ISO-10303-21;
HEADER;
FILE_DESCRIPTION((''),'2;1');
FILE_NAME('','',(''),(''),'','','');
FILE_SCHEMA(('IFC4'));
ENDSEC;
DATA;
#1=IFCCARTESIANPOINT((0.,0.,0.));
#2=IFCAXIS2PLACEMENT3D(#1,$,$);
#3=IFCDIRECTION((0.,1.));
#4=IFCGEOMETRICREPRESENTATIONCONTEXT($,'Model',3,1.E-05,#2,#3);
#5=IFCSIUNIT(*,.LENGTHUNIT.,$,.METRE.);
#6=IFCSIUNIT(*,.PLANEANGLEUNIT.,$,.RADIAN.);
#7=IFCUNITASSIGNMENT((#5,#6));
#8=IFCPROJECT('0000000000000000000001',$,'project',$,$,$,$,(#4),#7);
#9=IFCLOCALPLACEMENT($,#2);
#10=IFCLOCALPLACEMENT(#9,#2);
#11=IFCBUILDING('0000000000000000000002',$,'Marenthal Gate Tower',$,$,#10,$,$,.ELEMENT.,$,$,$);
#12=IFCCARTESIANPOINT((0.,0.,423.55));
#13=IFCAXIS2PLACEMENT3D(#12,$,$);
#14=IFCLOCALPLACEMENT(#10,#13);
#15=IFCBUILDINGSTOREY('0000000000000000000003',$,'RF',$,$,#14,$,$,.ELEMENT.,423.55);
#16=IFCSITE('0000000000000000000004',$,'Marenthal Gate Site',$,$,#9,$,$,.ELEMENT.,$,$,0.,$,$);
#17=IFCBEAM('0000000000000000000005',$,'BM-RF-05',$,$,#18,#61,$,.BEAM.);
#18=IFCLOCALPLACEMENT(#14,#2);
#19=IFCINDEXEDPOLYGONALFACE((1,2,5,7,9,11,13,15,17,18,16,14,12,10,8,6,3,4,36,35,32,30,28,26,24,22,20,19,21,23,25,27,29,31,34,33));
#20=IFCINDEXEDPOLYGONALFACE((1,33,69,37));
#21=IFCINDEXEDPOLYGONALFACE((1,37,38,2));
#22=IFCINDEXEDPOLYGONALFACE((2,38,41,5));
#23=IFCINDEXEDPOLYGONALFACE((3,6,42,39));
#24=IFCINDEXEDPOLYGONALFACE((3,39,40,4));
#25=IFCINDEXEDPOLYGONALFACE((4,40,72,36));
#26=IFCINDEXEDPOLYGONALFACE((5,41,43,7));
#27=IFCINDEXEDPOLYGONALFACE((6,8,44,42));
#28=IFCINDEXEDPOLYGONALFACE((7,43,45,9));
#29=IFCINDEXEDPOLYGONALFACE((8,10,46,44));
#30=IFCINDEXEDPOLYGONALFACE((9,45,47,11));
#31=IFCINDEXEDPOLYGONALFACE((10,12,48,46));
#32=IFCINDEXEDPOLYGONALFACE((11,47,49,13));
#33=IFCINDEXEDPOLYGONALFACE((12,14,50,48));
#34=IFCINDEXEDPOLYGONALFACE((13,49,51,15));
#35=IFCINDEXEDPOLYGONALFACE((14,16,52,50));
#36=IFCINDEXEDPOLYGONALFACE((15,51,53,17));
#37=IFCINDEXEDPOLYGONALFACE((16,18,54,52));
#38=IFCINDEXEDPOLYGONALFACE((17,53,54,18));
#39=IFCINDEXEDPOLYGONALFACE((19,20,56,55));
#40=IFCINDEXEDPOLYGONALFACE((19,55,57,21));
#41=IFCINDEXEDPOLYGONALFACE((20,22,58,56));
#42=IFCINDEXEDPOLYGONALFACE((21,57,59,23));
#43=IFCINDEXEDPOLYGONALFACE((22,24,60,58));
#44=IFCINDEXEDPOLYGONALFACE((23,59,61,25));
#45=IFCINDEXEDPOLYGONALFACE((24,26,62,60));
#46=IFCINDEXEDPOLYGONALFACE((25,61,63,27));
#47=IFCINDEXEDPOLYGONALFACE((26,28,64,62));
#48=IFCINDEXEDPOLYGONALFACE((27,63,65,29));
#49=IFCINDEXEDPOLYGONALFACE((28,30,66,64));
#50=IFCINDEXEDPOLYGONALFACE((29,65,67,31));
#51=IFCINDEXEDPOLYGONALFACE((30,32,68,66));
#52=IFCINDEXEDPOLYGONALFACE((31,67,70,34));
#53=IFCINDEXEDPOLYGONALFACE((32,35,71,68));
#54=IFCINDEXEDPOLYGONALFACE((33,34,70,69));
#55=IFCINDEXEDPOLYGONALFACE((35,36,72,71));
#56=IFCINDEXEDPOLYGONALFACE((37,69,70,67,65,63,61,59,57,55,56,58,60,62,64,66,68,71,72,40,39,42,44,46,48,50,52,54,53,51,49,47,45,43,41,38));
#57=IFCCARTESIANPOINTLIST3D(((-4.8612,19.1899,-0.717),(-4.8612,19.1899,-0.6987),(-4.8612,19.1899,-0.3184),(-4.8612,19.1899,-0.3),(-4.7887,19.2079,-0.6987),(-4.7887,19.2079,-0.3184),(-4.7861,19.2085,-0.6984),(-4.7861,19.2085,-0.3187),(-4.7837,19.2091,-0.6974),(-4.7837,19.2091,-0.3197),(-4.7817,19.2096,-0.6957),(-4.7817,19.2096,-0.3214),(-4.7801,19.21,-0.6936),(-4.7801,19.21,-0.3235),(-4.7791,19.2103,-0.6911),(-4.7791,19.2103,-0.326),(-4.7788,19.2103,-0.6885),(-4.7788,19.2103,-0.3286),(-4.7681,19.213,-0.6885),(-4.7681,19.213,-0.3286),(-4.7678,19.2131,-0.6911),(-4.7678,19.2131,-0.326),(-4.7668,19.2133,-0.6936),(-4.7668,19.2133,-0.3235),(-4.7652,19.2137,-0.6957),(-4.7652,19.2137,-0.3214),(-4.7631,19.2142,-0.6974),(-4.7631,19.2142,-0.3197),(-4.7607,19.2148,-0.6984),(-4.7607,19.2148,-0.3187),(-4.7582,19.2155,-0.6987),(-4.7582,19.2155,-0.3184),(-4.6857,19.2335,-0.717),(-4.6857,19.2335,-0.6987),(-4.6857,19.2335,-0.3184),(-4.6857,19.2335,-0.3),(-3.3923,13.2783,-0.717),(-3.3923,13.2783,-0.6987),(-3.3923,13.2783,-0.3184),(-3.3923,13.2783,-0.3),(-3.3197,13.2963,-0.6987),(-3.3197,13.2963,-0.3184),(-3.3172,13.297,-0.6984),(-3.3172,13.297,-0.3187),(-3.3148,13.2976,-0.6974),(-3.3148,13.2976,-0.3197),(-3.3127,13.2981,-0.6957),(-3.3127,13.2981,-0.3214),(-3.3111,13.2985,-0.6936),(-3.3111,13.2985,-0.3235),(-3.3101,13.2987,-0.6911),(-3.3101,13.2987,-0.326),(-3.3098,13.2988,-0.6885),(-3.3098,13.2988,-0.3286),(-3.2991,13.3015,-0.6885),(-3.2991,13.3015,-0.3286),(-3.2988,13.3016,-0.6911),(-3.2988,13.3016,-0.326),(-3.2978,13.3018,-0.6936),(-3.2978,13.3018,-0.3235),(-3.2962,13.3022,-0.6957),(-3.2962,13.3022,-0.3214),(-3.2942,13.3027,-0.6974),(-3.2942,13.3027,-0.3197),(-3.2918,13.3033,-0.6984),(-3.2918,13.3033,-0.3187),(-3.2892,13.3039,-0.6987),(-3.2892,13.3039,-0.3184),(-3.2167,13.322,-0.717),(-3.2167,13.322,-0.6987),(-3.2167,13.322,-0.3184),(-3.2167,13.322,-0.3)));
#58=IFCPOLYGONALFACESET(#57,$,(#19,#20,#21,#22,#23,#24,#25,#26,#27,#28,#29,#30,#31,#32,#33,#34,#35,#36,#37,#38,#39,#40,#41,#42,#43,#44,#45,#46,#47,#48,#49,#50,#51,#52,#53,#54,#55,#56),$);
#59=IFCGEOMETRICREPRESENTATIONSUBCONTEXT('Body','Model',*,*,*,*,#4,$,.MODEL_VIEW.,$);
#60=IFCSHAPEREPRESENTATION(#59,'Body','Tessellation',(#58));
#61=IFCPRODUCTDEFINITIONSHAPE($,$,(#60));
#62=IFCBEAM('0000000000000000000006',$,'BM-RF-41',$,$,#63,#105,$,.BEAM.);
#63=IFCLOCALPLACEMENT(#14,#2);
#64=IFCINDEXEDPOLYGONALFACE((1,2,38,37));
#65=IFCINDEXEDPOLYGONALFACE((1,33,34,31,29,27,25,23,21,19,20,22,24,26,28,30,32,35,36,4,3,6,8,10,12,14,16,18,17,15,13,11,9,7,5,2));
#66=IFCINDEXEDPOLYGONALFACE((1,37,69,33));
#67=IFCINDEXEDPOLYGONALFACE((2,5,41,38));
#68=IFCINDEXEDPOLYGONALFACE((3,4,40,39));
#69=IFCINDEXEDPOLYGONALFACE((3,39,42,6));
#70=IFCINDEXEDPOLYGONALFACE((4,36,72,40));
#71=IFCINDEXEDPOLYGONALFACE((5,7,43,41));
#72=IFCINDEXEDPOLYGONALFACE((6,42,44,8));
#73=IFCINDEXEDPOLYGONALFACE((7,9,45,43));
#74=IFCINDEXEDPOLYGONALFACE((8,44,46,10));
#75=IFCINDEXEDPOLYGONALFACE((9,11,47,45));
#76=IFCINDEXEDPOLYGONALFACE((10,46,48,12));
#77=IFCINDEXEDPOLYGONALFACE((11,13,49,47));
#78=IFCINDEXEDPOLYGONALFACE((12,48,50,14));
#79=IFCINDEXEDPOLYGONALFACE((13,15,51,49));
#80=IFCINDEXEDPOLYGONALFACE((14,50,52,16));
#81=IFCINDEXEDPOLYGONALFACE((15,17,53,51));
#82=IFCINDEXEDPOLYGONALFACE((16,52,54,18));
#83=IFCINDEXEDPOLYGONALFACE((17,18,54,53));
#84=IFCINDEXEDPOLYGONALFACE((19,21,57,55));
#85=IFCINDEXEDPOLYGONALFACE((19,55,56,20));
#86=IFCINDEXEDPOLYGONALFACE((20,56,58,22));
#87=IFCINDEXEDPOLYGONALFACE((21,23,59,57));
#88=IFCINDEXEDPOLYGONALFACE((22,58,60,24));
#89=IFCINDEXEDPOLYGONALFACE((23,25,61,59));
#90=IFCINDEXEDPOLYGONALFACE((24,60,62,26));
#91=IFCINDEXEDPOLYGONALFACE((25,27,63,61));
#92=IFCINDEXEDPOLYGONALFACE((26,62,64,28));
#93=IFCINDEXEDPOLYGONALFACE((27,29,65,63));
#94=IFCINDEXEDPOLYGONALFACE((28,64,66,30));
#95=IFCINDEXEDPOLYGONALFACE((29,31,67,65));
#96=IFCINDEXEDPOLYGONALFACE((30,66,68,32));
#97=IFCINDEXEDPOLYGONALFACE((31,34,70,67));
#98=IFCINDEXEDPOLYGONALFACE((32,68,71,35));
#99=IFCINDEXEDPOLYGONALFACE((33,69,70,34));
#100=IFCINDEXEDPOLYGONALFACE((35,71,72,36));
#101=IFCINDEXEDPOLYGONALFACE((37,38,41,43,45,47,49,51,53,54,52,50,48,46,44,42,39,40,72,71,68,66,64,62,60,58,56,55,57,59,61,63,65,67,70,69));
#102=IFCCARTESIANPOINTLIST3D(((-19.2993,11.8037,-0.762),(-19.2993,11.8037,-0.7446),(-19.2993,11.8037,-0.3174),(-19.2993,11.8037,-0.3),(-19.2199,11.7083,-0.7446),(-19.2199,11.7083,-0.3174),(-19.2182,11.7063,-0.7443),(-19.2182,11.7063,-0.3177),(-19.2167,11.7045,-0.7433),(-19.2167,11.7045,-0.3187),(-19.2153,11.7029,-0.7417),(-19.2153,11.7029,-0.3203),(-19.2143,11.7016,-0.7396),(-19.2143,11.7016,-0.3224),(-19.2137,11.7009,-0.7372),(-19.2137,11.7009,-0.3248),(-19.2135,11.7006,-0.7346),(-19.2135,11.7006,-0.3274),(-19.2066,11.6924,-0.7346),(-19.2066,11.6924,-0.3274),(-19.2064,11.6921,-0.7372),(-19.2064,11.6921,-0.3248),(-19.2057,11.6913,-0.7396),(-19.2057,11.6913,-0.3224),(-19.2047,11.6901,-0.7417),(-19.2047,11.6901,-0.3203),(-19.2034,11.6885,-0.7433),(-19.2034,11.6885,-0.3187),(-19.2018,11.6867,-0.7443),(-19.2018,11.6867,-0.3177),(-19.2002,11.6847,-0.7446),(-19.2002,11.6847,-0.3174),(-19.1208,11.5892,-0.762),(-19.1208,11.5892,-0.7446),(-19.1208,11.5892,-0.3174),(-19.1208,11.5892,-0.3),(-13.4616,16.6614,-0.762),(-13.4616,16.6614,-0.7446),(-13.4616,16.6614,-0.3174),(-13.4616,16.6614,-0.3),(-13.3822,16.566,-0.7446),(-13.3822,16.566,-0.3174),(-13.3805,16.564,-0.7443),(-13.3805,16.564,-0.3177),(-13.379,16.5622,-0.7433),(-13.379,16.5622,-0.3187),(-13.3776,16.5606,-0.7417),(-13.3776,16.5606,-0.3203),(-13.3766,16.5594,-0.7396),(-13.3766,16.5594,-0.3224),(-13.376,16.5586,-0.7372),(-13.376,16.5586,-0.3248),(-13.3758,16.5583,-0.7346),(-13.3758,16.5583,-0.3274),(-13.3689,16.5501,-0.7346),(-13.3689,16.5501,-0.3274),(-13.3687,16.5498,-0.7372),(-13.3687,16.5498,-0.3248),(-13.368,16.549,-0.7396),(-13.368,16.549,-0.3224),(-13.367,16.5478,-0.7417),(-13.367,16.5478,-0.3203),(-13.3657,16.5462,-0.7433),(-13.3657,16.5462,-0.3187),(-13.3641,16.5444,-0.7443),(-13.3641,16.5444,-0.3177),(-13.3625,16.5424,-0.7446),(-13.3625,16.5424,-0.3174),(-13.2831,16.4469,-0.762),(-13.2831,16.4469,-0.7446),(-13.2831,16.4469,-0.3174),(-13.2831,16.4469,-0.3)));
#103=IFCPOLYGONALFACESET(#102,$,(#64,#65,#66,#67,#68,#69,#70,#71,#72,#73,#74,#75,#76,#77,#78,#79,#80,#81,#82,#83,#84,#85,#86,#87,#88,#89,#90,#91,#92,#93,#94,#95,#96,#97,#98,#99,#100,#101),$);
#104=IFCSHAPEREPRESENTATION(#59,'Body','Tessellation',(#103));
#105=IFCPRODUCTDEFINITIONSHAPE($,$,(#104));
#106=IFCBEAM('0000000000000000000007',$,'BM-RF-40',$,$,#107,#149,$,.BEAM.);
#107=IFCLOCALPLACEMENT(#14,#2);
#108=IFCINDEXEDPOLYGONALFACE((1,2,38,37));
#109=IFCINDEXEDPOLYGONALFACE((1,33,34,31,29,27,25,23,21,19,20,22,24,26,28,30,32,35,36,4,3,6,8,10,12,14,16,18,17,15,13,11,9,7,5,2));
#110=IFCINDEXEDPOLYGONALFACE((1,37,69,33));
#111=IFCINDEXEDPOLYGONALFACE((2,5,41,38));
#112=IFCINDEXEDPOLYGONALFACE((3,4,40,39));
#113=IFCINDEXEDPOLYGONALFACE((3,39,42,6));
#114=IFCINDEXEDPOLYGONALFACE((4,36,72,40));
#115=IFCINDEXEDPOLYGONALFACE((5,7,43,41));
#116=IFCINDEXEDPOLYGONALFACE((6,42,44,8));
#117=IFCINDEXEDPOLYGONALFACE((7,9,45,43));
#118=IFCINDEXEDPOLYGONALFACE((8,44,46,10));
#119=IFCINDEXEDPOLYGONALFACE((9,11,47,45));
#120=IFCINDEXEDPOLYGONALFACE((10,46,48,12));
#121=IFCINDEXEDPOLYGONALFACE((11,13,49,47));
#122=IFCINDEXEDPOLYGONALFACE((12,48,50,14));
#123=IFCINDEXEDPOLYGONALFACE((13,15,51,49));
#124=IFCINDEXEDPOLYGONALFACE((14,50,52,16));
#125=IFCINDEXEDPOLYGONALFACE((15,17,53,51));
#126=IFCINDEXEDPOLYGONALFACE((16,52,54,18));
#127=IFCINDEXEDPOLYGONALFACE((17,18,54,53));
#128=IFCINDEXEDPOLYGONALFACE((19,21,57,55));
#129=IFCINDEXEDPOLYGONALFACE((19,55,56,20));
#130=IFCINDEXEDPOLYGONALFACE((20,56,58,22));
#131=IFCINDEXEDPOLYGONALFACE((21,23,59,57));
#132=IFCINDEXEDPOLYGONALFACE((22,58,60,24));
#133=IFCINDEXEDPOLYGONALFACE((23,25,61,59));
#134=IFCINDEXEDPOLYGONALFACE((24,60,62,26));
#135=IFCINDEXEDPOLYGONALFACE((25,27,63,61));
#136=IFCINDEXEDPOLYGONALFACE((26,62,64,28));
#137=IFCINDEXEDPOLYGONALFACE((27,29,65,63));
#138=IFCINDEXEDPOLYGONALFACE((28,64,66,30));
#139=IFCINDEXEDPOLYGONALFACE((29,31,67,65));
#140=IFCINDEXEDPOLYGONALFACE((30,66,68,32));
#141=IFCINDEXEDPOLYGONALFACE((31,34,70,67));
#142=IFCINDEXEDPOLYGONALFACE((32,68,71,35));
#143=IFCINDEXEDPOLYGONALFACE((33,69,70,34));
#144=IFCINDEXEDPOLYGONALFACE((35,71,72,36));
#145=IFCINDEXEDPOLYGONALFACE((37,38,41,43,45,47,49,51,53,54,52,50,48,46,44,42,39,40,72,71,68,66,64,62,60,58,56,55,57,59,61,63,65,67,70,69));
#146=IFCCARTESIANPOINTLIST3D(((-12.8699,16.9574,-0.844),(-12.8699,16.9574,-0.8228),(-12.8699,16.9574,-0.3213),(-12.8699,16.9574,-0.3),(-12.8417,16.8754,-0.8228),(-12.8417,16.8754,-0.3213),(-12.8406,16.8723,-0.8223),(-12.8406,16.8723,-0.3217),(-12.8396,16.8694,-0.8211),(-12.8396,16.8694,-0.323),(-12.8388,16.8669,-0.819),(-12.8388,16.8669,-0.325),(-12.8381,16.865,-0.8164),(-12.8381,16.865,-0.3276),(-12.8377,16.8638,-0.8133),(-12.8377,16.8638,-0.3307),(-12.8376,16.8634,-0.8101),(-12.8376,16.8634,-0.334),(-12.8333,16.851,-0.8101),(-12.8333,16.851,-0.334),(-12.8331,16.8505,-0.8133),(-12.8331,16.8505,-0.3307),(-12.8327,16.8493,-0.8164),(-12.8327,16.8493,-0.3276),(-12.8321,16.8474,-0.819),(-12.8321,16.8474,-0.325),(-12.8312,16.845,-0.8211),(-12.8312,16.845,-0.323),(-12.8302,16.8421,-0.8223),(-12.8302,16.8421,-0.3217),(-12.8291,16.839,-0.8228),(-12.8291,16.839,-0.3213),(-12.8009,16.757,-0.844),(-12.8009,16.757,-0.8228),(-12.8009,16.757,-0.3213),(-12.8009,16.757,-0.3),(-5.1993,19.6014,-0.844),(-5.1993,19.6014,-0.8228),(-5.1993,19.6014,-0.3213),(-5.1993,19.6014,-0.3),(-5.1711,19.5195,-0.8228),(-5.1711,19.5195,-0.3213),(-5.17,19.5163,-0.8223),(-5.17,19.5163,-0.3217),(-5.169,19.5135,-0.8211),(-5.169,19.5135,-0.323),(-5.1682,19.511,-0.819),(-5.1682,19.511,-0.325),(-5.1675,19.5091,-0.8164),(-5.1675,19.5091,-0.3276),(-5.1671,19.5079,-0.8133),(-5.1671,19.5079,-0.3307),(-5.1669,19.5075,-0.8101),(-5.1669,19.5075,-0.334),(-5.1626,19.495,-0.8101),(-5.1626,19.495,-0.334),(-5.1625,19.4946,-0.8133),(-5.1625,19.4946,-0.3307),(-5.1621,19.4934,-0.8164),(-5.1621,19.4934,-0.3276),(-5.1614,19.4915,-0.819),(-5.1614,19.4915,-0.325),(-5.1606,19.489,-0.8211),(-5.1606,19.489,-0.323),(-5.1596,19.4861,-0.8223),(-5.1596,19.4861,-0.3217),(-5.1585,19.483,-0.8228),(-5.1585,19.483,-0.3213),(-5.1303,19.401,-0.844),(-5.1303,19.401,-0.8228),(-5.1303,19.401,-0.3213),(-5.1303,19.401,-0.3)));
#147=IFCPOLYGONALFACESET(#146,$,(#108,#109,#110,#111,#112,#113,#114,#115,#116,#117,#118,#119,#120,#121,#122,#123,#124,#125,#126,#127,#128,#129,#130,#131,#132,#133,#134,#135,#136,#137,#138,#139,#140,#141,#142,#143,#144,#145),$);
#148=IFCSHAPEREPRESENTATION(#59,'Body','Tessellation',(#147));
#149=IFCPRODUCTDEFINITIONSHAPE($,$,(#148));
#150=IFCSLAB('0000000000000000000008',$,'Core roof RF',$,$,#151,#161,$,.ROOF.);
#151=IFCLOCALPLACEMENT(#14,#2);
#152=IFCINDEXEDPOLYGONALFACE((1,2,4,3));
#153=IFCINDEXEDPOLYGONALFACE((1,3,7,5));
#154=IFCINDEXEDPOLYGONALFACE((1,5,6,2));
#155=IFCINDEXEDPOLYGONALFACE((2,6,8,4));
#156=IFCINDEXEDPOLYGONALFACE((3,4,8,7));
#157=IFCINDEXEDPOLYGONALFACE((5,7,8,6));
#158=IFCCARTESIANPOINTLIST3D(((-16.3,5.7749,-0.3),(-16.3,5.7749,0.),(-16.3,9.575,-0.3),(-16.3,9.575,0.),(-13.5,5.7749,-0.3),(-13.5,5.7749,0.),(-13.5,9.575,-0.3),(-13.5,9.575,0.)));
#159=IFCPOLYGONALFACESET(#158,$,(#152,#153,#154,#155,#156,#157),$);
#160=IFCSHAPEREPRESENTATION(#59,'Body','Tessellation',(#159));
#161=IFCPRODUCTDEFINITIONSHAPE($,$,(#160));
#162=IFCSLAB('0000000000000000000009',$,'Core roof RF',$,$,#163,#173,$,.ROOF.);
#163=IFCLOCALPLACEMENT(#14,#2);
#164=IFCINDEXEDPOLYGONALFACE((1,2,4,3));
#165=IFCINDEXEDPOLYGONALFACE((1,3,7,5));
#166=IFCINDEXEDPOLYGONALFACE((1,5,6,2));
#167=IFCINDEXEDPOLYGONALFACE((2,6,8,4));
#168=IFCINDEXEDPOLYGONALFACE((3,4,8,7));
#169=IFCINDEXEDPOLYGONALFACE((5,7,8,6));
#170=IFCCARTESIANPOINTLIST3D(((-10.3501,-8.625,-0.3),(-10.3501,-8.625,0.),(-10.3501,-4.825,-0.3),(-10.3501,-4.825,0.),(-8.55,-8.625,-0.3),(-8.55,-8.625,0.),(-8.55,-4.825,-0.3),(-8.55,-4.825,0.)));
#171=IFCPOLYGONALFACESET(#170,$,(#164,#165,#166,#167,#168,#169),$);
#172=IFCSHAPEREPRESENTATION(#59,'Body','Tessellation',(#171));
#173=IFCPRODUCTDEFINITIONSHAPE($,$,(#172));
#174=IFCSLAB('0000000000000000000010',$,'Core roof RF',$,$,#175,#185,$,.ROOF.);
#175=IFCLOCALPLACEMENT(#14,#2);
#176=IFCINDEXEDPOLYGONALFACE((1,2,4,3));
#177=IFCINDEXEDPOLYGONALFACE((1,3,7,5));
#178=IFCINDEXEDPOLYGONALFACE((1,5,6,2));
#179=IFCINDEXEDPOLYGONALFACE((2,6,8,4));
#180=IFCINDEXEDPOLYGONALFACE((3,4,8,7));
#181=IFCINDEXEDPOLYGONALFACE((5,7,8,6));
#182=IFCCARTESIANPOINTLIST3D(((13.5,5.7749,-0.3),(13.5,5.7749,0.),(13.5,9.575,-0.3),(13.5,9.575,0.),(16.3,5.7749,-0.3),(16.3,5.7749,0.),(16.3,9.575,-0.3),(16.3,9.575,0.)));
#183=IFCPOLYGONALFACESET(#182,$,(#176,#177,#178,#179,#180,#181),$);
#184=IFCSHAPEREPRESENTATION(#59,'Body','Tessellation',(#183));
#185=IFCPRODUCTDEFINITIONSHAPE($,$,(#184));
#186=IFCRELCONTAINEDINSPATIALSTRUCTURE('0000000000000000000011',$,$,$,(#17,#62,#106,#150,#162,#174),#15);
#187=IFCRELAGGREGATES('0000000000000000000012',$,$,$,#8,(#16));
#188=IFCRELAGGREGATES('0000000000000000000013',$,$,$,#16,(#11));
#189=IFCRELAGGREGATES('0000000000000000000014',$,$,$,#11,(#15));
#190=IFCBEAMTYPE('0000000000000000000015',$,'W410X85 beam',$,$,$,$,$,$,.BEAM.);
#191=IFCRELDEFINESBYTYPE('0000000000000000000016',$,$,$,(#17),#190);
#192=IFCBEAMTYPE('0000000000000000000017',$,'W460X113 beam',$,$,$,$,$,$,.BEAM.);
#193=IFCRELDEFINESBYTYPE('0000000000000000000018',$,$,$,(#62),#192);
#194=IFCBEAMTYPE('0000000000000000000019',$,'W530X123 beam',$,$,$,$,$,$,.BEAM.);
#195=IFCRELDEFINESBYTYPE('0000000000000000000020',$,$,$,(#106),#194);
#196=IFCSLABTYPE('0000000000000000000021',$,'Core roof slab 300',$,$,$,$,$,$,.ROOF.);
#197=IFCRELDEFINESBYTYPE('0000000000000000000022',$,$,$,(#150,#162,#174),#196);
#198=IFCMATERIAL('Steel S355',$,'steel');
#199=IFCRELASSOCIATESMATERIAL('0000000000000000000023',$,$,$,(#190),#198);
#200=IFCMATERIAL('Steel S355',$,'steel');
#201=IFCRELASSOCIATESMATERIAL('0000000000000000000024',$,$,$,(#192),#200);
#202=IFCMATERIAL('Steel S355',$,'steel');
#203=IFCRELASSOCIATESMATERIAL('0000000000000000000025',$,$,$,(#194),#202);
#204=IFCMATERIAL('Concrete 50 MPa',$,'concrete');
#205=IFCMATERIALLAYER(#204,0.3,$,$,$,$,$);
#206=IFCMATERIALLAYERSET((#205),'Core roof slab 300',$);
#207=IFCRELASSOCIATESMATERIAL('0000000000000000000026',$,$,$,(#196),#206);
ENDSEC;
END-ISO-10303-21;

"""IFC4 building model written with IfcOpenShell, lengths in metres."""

from ifc_helpers import new_model, si_unit, direction, frame, origin, origin_2d, place, context, subcontext, project, spatial, polyline, i_section, outline, extrude, material, layer, layer_set, material_profile, profile_set, type_object, element, save


model = new_model("IFC4")

# Units and contexts
model_context = context("Model", 3, precision=1e-05, world=origin(), true_north=direction((0.0, 1.0)))
body_context = subcontext(model_context, "Body", "Model", "MODEL_VIEW")
ifc_project = project(units=[si_unit("LENGTHUNIT", "METRE"), si_unit("PLANEANGLEUNIT", "RADIAN")], contexts=[model_context])

# Site, building, storey
site_placement = place(None, origin())
site = spatial("IfcSite", under=ifc_project, at=site_placement, Name="Marenthal Gate Site", CompositionType="ELEMENT", RefElevation=0.0)
building_placement = place(site_placement, origin())
building = spatial("IfcBuilding", under=site, at=building_placement, Name="Marenthal Gate Tower", CompositionType="ELEMENT")
storey_placement = place(building_placement, frame((0.0, 0.0, 423.55)))
storey = spatial("IfcBuildingStorey", under=building, at=storey_placement, Name="RF", CompositionType="ELEMENT", Elevation=423.55)

# Beams
ifc_material_1 = material(Name="Steel S355", Category="steel")
ifc_material_profile_1 = material_profile(ifc_material_1, i_section(OverallWidth=0.1809, OverallDepth=0.417, WebThickness=0.011, FlangeThickness=0.0183, FilletRadius=0.0103, at=origin_2d()), Name="W410X85")
ifc_profile_set_1 = profile_set([ifc_material_profile_1], Name="Steel S355")
beam_type_1 = type_object("IfcBeamType", Name="W410X85 beam", PredefinedType="BEAM", material=ifc_profile_set_1)
beam_1_placement = place(storey_placement, frame((-4.7734, 19.2117, -0.5085), z_axis=(0.241159, -0.970486, 0.0), x_axis=(0.970486, 0.241159, 0.0)))
element("IfcBeam", 1, at=beam_1_placement, inside=storey, type_object=beam_type_1, Name="BM-RF-05", PredefinedType="BEAM", context=body_context, shape_type="SweptSolid", body=[
    extrude(i_section(OverallWidth=0.1809, OverallDepth=0.417, WebThickness=0.011, FlangeThickness=0.0183, FilletRadius=0.0103, at=origin_2d()), origin(), (0.0, 0.0, 1.0), 6.0913),
])
ifc_material_2 = material(Name="Steel S355", Category="steel")
ifc_material_profile_2 = material_profile(ifc_material_2, i_section(OverallWidth=0.2791, OverallDepth=0.4619, WebThickness=0.0107, FlangeThickness=0.0173, FilletRadius=0.01, at=origin_2d()), Name="W460X113")
ifc_profile_set_2 = profile_set([ifc_material_profile_2], Name="Steel S355")
beam_type_2 = type_object("IfcBeamType", Name="W460X113 beam", PredefinedType="BEAM", material=ifc_profile_set_2)
beam_2_placement = place(storey_placement, frame((-13.3723, 16.5542, -0.531), z_axis=(-0.768677, -0.639637, 0.0), x_axis=(0.639637, -0.768677, 0.0)))
element("IfcBeam", 2, at=beam_2_placement, inside=storey, type_object=beam_type_2, Name="BM-RF-41", PredefinedType="BEAM", context=body_context, shape_type="SweptSolid", body=[
    extrude(i_section(OverallWidth=0.2791, OverallDepth=0.4619, WebThickness=0.0107, FlangeThickness=0.0173, FilletRadius=0.01, at=origin_2d()), origin(), (0.0, 0.0, 1.0), 7.5945),
])
ifc_material_3 = material(Name="Steel S355", Category="steel")
ifc_material_profile_3 = material_profile(ifc_material_3, i_section(OverallWidth=0.2119, OverallDepth=0.5439, WebThickness=0.0132, FlangeThickness=0.0212, FilletRadius=0.0127, at=origin_2d()), Name="W530X123")
ifc_profile_set_3 = profile_set([ifc_material_profile_3], Name="Steel S355")
beam_type_3 = type_object("IfcBeamType", Name="W530X123 beam", PredefinedType="BEAM", material=ifc_profile_set_3)
beam_3_placement = place(storey_placement, frame((-5.1648, 19.5012, -0.572), z_axis=(-0.945411, -0.325879, 0.0), x_axis=(0.325879, -0.945411, 0.0)))
element("IfcBeam", 3, at=beam_3_placement, inside=storey, type_object=beam_type_3, Name="BM-RF-40", PredefinedType="BEAM", context=body_context, shape_type="SweptSolid", body=[
    extrude(i_section(OverallWidth=0.2119, OverallDepth=0.5439, WebThickness=0.0132, FlangeThickness=0.0212, FilletRadius=0.0127, at=origin_2d()), origin(), (0.0, 0.0, 1.0), 8.1135),
])

# Slabs
ifc_material_4 = material(Name="Concrete 50 MPa", Category="concrete")
ifc_layer_1 = layer(ifc_material_4, 0.3)
ifc_layer_set_1 = layer_set([ifc_layer_1], Name="Core roof slab 300")
slab_type = type_object("IfcSlabType", Name="Core roof slab 300", PredefinedType="ROOF", material=ifc_layer_set_1)
slab_1_placement = place(storey_placement, frame((0.0, 0.0, -0.3)))
element("IfcSlab", 4, at=slab_1_placement, inside=storey, type_object=slab_type, Name="Core roof RF", PredefinedType="ROOF", context=body_context, shape_type="SweptSolid", body=[
    extrude(outline(polyline([(-13.5, 9.575), (-13.5, 5.7749), (-16.3, 5.7749), (-16.3, 9.575), (-13.5, 9.575)])), origin(), (0.0, 0.0, 1.0), 0.3),
])
slab_2_placement = place(storey_placement, frame((0.0, 0.0, -0.3)))
element("IfcSlab", 5, at=slab_2_placement, inside=storey, type_object=slab_type, Name="Core roof RF", PredefinedType="ROOF", context=body_context, shape_type="SweptSolid", body=[
    extrude(outline(polyline([(-10.3501, -8.625), (-10.3501, -4.825), (-8.55, -4.825), (-8.55, -8.625), (-10.3501, -8.625)])), origin(), (0.0, 0.0, 1.0), 0.3),
])
slab_3_placement = place(storey_placement, frame((0.0, 0.0, -0.3)))
element("IfcSlab", 6, at=slab_3_placement, inside=storey, type_object=slab_type, Name="Core roof RF", PredefinedType="ROOF", context=body_context, shape_type="SweptSolid", body=[
    extrude(outline(polyline([(16.3, 5.7749), (13.5, 5.7749), (13.5, 9.575), (16.3, 9.575), (16.3, 5.7749)])), origin(), (0.0, 0.0, 1.0), 0.3),
])

save(model, "model.ifc")
